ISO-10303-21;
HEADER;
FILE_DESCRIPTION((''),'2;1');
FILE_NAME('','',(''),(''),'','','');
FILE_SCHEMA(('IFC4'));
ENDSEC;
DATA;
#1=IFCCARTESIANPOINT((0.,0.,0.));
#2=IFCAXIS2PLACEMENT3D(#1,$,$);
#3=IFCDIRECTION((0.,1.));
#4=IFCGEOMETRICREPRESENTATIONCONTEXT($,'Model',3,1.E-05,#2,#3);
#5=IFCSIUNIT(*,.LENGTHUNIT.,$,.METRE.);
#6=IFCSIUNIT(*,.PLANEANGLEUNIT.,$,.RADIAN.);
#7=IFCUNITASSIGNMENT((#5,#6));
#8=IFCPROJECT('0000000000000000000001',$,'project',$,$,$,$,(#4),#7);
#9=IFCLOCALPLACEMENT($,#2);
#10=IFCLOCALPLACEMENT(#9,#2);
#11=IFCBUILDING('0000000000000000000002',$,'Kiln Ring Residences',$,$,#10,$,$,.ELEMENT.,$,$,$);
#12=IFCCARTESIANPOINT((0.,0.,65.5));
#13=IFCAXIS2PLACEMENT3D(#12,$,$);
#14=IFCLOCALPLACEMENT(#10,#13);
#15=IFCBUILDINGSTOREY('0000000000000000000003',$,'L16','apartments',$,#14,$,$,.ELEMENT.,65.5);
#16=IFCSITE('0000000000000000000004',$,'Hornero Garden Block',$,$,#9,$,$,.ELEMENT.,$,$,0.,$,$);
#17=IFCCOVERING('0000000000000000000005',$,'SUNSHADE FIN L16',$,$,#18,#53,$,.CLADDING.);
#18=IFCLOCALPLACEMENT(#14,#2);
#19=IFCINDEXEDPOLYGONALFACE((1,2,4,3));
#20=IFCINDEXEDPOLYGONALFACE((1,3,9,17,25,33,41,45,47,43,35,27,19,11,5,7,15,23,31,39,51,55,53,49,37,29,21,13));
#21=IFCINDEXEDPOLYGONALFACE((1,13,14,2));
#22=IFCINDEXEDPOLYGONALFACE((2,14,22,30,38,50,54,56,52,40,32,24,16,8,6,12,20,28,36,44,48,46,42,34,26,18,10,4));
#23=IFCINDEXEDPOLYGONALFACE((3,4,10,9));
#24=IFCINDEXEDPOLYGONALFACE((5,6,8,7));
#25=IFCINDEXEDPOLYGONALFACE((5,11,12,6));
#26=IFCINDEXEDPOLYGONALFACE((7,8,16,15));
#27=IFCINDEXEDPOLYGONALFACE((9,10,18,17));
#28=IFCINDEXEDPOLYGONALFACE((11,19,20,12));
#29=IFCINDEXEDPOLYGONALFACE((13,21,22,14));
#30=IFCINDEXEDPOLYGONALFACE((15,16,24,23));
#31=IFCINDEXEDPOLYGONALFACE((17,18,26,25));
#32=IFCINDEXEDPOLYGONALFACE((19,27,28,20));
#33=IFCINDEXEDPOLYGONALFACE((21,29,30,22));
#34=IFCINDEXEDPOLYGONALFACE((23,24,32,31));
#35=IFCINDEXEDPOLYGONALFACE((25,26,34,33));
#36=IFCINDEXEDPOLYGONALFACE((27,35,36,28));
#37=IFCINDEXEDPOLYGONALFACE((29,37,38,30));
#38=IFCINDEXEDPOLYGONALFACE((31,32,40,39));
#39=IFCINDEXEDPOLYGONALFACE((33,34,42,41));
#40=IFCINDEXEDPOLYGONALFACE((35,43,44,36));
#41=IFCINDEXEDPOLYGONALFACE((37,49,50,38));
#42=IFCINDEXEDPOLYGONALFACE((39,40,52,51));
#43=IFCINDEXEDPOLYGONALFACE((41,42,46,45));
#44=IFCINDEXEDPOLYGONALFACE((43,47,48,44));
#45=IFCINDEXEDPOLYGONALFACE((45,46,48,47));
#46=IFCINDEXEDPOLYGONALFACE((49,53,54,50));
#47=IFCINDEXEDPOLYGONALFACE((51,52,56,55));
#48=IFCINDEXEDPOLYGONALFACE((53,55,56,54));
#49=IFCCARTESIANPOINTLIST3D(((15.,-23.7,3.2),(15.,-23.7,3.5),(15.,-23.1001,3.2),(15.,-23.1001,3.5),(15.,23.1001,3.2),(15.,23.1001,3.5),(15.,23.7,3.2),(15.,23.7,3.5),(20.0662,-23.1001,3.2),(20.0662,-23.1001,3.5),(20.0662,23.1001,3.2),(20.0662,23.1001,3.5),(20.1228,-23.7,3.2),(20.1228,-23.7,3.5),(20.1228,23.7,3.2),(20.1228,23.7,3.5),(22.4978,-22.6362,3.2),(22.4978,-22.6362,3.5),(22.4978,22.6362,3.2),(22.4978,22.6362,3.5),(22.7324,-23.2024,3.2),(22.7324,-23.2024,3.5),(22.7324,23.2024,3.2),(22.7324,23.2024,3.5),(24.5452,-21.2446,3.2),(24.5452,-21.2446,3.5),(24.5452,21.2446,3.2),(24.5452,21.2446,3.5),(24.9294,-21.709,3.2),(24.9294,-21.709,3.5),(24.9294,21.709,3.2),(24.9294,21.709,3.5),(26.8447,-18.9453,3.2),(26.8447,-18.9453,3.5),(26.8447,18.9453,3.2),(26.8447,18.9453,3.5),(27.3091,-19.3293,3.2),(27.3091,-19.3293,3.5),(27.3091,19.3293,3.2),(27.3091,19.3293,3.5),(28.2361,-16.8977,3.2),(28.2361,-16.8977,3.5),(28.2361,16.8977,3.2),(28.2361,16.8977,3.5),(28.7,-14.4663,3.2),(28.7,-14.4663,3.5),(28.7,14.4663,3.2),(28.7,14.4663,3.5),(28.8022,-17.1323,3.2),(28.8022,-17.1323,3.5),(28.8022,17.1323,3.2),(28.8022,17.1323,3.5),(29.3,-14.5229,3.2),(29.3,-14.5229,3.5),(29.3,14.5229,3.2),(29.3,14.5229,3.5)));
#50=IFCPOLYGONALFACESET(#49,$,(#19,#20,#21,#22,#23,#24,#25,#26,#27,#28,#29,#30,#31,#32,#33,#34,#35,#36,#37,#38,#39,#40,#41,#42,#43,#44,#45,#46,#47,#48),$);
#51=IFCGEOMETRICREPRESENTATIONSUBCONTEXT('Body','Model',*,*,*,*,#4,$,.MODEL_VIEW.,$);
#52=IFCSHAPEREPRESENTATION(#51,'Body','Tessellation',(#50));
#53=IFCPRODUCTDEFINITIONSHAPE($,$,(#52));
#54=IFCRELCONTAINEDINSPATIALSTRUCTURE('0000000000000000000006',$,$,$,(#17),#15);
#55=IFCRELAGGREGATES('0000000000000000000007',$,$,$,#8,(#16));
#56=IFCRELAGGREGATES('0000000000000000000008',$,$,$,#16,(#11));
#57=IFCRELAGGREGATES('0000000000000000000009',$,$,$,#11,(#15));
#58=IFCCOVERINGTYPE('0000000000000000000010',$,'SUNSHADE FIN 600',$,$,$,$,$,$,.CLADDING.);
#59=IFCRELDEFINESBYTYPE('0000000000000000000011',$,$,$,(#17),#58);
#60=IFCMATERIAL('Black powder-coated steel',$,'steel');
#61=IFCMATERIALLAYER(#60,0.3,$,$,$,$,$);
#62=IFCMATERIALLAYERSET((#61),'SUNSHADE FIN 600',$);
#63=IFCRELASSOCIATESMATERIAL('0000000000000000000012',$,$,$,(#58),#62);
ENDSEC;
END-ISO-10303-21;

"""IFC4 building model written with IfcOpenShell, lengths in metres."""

from ifc_helpers import new_model, si_unit, direction, frame, origin, place, context, subcontext, project, spatial, polyline, outline, extrude, material, layer, layer_set, type_object, element, save


model = new_model("IFC4")

# Units and contexts
model_context = context("Model", 3, precision=1e-05, world=origin(), true_north=direction((0.0, 1.0)))
body_context = subcontext(model_context, "Body", "Model", "MODEL_VIEW")
ifc_project = project(units=[si_unit("LENGTHUNIT", "METRE"), si_unit("PLANEANGLEUNIT", "RADIAN")], contexts=[model_context])

# Site, building, storey
site_placement = place(None, origin())
site = spatial("IfcSite", under=ifc_project, at=site_placement, Name="Hornero Garden Block", CompositionType="ELEMENT", RefElevation=0.0)
building_placement = place(site_placement, origin())
building = spatial("IfcBuilding", under=site, at=building_placement, Name="Kiln Ring Residences", CompositionType="ELEMENT")
storey_placement = place(building_placement, frame((0.0, 0.0, 65.5)))
storey = spatial("IfcBuildingStorey", under=building, at=storey_placement, Name="L16", Description="apartments", CompositionType="ELEMENT", Elevation=65.5)

# Covering
placement_1 = place(storey_placement, frame((0.0, 0.0, 3.2)))
ifc_material_1 = material(Name="Black powder-coated steel", Category="steel")
ifc_layer_1 = layer(ifc_material_1, 0.3)
ifc_layer_set_1 = layer_set([ifc_layer_1], Name="SUNSHADE FIN 600")
covering_type_1 = type_object("IfcCoveringType", Name="SUNSHADE FIN 600", PredefinedType="CLADDING", material=ifc_layer_set_1)
element("IfcCovering", 1, at=placement_1, inside=storey, type_object=covering_type_1, Name="SUNSHADE FIN L16", PredefinedType="CLADDING", context=body_context, shape_type="SweptSolid", body=[
    extrude(outline(polyline([(20.1228, 23.7), (15.0, 23.7), (15.0, 23.1001), (20.0662, 23.1001), (22.4978, 22.6362), (24.5452, 21.2446), (26.8447, 18.9453), (28.2361, 16.8977), (28.7, 14.4663), (28.7, -14.4663), (28.2361, -16.8977), (26.8447, -18.9453), (24.5452, -21.2446), (22.4978, -22.6362), (20.0662, -23.1001), (15.0, -23.1001), (15.0, -23.7), (20.1228, -23.7), (22.7324, -23.2024), (24.9294, -21.709), (27.3091, -19.3293), (28.8022, -17.1323), (29.3, -14.5229), (29.3, 14.5229), (28.8022, 17.1323), (27.3091, 19.3293), (24.9294, 21.709), (22.7324, 23.2024), (20.1228, 23.7)])), origin(), (0.0, 0.0, 1.0), 0.3),
])

save(model, "model.ifc")
